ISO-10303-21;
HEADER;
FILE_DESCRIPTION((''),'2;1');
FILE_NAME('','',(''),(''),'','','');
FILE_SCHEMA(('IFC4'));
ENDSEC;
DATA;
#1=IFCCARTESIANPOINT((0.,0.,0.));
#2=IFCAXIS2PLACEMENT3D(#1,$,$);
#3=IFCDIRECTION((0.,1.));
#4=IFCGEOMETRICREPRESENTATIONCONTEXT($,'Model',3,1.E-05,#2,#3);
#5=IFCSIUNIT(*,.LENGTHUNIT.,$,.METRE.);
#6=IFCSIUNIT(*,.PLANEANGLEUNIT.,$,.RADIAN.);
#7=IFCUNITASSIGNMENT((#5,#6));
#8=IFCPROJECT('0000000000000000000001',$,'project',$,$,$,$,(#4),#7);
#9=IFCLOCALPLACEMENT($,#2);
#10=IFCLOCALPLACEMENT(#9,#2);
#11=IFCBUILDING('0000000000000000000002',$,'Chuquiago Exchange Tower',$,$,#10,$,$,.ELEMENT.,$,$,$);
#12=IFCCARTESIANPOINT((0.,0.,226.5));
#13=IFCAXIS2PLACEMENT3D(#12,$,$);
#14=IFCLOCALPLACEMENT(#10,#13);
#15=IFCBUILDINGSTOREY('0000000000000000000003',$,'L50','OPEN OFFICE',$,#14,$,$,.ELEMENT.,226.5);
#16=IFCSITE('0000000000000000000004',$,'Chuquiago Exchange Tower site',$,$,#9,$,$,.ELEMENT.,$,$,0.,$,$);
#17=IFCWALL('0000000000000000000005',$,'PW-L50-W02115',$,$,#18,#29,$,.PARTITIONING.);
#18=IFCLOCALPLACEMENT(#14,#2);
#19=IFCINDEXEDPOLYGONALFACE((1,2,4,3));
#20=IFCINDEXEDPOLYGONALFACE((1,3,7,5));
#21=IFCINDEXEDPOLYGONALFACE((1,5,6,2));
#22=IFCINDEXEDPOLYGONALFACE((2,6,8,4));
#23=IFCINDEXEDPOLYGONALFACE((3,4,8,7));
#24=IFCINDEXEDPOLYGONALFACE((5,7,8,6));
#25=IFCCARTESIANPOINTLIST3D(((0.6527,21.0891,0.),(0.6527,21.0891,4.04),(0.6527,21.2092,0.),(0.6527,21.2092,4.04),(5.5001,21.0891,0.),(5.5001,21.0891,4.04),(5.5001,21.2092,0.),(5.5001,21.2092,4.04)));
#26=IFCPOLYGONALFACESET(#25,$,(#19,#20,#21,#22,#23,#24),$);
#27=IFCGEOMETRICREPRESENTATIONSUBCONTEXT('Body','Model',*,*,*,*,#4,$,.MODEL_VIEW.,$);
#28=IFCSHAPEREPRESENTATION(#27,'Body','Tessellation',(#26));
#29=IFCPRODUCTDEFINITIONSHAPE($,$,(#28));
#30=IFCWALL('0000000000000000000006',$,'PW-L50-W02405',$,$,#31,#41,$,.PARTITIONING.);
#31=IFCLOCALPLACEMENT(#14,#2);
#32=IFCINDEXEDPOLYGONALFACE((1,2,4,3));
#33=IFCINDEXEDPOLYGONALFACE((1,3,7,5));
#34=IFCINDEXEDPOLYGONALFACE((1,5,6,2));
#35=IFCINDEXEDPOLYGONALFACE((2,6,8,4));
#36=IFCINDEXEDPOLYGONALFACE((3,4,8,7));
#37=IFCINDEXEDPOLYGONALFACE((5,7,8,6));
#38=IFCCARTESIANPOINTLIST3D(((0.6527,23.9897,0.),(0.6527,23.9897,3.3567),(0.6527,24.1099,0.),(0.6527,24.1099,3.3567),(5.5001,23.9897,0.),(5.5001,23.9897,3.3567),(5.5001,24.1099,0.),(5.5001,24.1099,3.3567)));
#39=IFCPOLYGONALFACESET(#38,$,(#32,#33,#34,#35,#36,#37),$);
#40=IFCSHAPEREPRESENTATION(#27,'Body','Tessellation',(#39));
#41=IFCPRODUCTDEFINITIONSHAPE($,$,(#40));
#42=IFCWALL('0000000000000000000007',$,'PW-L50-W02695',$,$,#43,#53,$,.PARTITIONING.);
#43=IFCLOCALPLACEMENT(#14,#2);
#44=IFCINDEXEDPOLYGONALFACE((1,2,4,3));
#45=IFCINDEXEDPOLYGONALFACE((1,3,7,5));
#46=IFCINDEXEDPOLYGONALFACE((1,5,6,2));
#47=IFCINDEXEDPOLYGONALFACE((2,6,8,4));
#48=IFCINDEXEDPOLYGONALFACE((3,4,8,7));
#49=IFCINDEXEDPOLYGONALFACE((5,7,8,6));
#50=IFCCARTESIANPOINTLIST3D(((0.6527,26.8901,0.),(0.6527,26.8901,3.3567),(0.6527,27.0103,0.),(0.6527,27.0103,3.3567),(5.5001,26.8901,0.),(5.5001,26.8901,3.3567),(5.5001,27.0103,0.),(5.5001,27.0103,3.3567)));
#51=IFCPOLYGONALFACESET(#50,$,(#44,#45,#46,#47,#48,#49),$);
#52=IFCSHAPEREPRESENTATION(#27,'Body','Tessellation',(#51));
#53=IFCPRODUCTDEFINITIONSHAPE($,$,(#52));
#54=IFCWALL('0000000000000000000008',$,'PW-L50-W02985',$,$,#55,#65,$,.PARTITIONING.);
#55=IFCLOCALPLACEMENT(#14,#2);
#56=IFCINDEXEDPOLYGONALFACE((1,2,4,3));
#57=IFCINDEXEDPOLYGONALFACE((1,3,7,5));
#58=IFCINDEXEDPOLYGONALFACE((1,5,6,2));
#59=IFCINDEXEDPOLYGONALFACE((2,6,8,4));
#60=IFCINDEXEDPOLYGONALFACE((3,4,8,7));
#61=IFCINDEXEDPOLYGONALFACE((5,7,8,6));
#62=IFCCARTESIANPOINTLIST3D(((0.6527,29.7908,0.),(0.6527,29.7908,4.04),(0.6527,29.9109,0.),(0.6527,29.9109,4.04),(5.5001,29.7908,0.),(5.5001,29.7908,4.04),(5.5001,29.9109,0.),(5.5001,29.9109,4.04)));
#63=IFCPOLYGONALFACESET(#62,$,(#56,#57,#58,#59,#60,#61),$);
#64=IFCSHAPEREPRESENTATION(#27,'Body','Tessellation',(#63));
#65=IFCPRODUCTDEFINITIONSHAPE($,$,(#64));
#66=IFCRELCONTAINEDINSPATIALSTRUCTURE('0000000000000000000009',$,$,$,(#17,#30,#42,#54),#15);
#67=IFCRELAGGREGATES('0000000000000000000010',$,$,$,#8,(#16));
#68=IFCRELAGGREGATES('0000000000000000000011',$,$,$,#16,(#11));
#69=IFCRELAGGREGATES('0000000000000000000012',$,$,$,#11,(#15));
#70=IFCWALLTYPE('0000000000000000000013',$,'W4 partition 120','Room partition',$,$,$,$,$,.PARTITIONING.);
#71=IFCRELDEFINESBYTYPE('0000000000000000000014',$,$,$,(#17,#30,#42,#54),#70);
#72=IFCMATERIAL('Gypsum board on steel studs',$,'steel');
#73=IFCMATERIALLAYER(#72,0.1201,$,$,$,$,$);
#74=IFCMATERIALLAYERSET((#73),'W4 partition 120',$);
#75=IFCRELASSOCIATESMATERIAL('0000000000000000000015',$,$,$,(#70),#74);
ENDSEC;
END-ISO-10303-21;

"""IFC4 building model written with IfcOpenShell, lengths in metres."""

from ifc_helpers import new_model, si_unit, direction, frame, frame_2d, origin, place, context, subcontext, project, spatial, rectangle, extrude, material, layer, layer_set, type_object, element, save


model = new_model("IFC4")

# Units and contexts
model_context = context("Model", 3, precision=1e-05, world=origin(), true_north=direction((0.0, 1.0)))
body_context = subcontext(model_context, "Body", "Model", "MODEL_VIEW")
ifc_project = project(units=[si_unit("LENGTHUNIT", "METRE"), si_unit("PLANEANGLEUNIT", "RADIAN")], contexts=[model_context])

# Site, building, storey
site_placement = place(None, origin())
site = spatial("IfcSite", under=ifc_project, at=site_placement, Name="Chuquiago Exchange Tower site", CompositionType="ELEMENT", RefElevation=0.0)
building_placement = place(site_placement, origin())
building = spatial("IfcBuilding", under=site, at=building_placement, Name="Chuquiago Exchange Tower", CompositionType="ELEMENT")
storey_placement = place(building_placement, frame((0.0, 0.0, 226.5)))
storey = spatial("IfcBuildingStorey", under=building, at=storey_placement, Name="L50", Description="OPEN OFFICE", CompositionType="ELEMENT", Elevation=226.5)

# Walls
ifc_material_1 = material(Name="Gypsum board on steel studs", Category="steel")
ifc_layer_1 = layer(ifc_material_1, 0.1201)
ifc_layer_set_1 = layer_set([ifc_layer_1], Name="W4 partition 120")
wall_type = type_object("IfcWallType", Name="W4 partition 120", Description="Room partition", PredefinedType="PARTITIONING", material=ifc_layer_set_1)
wall_1_placement = place(storey_placement, frame((0.6526, 21.1492, 0.0), z_axis=(0.0, 0.0, 1.0), x_axis=(1.0, 0.0, 0.0)))
element("IfcWall", 1, at=wall_1_placement, inside=storey, type_object=wall_type, Name="PW-L50-W02115", PredefinedType="PARTITIONING", context=body_context, shape_type="SweptSolid", body=[
    extrude(rectangle(XDim=4.8474, YDim=0.1201, at=frame_2d((2.4238, 0.0))), origin(), (0.0, 0.0, 1.0), 4.04),
])
for number, where, z_axis, x_axis, name in (
    (2, (0.6526, 24.0498, 0.0), (0.0, 0.0, 1.0), (1.0, 0.0, 0.0), "PW-L50-W02405"),
    (3, (0.6526, 26.9502, 0.0), (0.0, 0.0, 1.0), (1.0, 0.0, 0.0), "PW-L50-W02695"),
):
    element("IfcWall", number, at=place(storey_placement, frame(where, z_axis=z_axis, x_axis=x_axis)), inside=storey, type_object=wall_type, Name=name, PredefinedType="PARTITIONING", context=body_context, shape_type="SweptSolid", body=[
        extrude(rectangle(XDim=4.8474, YDim=0.1201, at=frame_2d((2.4238, 0.0))), origin(), (0.0, 0.0, 1.0), 3.3567),
    ])
wall_2_placement = place(storey_placement, frame((0.6526, 29.8508, 0.0), z_axis=(0.0, 0.0, 1.0), x_axis=(1.0, 0.0, 0.0)))
element("IfcWall", 4, at=wall_2_placement, inside=storey, type_object=wall_type, Name="PW-L50-W02985", PredefinedType="PARTITIONING", context=body_context, shape_type="SweptSolid", body=[
    extrude(rectangle(XDim=4.8474, YDim=0.1201, at=frame_2d((2.4238, 0.0))), origin(), (0.0, 0.0, 1.0), 4.04),
])

save(model, "model.ifc")
